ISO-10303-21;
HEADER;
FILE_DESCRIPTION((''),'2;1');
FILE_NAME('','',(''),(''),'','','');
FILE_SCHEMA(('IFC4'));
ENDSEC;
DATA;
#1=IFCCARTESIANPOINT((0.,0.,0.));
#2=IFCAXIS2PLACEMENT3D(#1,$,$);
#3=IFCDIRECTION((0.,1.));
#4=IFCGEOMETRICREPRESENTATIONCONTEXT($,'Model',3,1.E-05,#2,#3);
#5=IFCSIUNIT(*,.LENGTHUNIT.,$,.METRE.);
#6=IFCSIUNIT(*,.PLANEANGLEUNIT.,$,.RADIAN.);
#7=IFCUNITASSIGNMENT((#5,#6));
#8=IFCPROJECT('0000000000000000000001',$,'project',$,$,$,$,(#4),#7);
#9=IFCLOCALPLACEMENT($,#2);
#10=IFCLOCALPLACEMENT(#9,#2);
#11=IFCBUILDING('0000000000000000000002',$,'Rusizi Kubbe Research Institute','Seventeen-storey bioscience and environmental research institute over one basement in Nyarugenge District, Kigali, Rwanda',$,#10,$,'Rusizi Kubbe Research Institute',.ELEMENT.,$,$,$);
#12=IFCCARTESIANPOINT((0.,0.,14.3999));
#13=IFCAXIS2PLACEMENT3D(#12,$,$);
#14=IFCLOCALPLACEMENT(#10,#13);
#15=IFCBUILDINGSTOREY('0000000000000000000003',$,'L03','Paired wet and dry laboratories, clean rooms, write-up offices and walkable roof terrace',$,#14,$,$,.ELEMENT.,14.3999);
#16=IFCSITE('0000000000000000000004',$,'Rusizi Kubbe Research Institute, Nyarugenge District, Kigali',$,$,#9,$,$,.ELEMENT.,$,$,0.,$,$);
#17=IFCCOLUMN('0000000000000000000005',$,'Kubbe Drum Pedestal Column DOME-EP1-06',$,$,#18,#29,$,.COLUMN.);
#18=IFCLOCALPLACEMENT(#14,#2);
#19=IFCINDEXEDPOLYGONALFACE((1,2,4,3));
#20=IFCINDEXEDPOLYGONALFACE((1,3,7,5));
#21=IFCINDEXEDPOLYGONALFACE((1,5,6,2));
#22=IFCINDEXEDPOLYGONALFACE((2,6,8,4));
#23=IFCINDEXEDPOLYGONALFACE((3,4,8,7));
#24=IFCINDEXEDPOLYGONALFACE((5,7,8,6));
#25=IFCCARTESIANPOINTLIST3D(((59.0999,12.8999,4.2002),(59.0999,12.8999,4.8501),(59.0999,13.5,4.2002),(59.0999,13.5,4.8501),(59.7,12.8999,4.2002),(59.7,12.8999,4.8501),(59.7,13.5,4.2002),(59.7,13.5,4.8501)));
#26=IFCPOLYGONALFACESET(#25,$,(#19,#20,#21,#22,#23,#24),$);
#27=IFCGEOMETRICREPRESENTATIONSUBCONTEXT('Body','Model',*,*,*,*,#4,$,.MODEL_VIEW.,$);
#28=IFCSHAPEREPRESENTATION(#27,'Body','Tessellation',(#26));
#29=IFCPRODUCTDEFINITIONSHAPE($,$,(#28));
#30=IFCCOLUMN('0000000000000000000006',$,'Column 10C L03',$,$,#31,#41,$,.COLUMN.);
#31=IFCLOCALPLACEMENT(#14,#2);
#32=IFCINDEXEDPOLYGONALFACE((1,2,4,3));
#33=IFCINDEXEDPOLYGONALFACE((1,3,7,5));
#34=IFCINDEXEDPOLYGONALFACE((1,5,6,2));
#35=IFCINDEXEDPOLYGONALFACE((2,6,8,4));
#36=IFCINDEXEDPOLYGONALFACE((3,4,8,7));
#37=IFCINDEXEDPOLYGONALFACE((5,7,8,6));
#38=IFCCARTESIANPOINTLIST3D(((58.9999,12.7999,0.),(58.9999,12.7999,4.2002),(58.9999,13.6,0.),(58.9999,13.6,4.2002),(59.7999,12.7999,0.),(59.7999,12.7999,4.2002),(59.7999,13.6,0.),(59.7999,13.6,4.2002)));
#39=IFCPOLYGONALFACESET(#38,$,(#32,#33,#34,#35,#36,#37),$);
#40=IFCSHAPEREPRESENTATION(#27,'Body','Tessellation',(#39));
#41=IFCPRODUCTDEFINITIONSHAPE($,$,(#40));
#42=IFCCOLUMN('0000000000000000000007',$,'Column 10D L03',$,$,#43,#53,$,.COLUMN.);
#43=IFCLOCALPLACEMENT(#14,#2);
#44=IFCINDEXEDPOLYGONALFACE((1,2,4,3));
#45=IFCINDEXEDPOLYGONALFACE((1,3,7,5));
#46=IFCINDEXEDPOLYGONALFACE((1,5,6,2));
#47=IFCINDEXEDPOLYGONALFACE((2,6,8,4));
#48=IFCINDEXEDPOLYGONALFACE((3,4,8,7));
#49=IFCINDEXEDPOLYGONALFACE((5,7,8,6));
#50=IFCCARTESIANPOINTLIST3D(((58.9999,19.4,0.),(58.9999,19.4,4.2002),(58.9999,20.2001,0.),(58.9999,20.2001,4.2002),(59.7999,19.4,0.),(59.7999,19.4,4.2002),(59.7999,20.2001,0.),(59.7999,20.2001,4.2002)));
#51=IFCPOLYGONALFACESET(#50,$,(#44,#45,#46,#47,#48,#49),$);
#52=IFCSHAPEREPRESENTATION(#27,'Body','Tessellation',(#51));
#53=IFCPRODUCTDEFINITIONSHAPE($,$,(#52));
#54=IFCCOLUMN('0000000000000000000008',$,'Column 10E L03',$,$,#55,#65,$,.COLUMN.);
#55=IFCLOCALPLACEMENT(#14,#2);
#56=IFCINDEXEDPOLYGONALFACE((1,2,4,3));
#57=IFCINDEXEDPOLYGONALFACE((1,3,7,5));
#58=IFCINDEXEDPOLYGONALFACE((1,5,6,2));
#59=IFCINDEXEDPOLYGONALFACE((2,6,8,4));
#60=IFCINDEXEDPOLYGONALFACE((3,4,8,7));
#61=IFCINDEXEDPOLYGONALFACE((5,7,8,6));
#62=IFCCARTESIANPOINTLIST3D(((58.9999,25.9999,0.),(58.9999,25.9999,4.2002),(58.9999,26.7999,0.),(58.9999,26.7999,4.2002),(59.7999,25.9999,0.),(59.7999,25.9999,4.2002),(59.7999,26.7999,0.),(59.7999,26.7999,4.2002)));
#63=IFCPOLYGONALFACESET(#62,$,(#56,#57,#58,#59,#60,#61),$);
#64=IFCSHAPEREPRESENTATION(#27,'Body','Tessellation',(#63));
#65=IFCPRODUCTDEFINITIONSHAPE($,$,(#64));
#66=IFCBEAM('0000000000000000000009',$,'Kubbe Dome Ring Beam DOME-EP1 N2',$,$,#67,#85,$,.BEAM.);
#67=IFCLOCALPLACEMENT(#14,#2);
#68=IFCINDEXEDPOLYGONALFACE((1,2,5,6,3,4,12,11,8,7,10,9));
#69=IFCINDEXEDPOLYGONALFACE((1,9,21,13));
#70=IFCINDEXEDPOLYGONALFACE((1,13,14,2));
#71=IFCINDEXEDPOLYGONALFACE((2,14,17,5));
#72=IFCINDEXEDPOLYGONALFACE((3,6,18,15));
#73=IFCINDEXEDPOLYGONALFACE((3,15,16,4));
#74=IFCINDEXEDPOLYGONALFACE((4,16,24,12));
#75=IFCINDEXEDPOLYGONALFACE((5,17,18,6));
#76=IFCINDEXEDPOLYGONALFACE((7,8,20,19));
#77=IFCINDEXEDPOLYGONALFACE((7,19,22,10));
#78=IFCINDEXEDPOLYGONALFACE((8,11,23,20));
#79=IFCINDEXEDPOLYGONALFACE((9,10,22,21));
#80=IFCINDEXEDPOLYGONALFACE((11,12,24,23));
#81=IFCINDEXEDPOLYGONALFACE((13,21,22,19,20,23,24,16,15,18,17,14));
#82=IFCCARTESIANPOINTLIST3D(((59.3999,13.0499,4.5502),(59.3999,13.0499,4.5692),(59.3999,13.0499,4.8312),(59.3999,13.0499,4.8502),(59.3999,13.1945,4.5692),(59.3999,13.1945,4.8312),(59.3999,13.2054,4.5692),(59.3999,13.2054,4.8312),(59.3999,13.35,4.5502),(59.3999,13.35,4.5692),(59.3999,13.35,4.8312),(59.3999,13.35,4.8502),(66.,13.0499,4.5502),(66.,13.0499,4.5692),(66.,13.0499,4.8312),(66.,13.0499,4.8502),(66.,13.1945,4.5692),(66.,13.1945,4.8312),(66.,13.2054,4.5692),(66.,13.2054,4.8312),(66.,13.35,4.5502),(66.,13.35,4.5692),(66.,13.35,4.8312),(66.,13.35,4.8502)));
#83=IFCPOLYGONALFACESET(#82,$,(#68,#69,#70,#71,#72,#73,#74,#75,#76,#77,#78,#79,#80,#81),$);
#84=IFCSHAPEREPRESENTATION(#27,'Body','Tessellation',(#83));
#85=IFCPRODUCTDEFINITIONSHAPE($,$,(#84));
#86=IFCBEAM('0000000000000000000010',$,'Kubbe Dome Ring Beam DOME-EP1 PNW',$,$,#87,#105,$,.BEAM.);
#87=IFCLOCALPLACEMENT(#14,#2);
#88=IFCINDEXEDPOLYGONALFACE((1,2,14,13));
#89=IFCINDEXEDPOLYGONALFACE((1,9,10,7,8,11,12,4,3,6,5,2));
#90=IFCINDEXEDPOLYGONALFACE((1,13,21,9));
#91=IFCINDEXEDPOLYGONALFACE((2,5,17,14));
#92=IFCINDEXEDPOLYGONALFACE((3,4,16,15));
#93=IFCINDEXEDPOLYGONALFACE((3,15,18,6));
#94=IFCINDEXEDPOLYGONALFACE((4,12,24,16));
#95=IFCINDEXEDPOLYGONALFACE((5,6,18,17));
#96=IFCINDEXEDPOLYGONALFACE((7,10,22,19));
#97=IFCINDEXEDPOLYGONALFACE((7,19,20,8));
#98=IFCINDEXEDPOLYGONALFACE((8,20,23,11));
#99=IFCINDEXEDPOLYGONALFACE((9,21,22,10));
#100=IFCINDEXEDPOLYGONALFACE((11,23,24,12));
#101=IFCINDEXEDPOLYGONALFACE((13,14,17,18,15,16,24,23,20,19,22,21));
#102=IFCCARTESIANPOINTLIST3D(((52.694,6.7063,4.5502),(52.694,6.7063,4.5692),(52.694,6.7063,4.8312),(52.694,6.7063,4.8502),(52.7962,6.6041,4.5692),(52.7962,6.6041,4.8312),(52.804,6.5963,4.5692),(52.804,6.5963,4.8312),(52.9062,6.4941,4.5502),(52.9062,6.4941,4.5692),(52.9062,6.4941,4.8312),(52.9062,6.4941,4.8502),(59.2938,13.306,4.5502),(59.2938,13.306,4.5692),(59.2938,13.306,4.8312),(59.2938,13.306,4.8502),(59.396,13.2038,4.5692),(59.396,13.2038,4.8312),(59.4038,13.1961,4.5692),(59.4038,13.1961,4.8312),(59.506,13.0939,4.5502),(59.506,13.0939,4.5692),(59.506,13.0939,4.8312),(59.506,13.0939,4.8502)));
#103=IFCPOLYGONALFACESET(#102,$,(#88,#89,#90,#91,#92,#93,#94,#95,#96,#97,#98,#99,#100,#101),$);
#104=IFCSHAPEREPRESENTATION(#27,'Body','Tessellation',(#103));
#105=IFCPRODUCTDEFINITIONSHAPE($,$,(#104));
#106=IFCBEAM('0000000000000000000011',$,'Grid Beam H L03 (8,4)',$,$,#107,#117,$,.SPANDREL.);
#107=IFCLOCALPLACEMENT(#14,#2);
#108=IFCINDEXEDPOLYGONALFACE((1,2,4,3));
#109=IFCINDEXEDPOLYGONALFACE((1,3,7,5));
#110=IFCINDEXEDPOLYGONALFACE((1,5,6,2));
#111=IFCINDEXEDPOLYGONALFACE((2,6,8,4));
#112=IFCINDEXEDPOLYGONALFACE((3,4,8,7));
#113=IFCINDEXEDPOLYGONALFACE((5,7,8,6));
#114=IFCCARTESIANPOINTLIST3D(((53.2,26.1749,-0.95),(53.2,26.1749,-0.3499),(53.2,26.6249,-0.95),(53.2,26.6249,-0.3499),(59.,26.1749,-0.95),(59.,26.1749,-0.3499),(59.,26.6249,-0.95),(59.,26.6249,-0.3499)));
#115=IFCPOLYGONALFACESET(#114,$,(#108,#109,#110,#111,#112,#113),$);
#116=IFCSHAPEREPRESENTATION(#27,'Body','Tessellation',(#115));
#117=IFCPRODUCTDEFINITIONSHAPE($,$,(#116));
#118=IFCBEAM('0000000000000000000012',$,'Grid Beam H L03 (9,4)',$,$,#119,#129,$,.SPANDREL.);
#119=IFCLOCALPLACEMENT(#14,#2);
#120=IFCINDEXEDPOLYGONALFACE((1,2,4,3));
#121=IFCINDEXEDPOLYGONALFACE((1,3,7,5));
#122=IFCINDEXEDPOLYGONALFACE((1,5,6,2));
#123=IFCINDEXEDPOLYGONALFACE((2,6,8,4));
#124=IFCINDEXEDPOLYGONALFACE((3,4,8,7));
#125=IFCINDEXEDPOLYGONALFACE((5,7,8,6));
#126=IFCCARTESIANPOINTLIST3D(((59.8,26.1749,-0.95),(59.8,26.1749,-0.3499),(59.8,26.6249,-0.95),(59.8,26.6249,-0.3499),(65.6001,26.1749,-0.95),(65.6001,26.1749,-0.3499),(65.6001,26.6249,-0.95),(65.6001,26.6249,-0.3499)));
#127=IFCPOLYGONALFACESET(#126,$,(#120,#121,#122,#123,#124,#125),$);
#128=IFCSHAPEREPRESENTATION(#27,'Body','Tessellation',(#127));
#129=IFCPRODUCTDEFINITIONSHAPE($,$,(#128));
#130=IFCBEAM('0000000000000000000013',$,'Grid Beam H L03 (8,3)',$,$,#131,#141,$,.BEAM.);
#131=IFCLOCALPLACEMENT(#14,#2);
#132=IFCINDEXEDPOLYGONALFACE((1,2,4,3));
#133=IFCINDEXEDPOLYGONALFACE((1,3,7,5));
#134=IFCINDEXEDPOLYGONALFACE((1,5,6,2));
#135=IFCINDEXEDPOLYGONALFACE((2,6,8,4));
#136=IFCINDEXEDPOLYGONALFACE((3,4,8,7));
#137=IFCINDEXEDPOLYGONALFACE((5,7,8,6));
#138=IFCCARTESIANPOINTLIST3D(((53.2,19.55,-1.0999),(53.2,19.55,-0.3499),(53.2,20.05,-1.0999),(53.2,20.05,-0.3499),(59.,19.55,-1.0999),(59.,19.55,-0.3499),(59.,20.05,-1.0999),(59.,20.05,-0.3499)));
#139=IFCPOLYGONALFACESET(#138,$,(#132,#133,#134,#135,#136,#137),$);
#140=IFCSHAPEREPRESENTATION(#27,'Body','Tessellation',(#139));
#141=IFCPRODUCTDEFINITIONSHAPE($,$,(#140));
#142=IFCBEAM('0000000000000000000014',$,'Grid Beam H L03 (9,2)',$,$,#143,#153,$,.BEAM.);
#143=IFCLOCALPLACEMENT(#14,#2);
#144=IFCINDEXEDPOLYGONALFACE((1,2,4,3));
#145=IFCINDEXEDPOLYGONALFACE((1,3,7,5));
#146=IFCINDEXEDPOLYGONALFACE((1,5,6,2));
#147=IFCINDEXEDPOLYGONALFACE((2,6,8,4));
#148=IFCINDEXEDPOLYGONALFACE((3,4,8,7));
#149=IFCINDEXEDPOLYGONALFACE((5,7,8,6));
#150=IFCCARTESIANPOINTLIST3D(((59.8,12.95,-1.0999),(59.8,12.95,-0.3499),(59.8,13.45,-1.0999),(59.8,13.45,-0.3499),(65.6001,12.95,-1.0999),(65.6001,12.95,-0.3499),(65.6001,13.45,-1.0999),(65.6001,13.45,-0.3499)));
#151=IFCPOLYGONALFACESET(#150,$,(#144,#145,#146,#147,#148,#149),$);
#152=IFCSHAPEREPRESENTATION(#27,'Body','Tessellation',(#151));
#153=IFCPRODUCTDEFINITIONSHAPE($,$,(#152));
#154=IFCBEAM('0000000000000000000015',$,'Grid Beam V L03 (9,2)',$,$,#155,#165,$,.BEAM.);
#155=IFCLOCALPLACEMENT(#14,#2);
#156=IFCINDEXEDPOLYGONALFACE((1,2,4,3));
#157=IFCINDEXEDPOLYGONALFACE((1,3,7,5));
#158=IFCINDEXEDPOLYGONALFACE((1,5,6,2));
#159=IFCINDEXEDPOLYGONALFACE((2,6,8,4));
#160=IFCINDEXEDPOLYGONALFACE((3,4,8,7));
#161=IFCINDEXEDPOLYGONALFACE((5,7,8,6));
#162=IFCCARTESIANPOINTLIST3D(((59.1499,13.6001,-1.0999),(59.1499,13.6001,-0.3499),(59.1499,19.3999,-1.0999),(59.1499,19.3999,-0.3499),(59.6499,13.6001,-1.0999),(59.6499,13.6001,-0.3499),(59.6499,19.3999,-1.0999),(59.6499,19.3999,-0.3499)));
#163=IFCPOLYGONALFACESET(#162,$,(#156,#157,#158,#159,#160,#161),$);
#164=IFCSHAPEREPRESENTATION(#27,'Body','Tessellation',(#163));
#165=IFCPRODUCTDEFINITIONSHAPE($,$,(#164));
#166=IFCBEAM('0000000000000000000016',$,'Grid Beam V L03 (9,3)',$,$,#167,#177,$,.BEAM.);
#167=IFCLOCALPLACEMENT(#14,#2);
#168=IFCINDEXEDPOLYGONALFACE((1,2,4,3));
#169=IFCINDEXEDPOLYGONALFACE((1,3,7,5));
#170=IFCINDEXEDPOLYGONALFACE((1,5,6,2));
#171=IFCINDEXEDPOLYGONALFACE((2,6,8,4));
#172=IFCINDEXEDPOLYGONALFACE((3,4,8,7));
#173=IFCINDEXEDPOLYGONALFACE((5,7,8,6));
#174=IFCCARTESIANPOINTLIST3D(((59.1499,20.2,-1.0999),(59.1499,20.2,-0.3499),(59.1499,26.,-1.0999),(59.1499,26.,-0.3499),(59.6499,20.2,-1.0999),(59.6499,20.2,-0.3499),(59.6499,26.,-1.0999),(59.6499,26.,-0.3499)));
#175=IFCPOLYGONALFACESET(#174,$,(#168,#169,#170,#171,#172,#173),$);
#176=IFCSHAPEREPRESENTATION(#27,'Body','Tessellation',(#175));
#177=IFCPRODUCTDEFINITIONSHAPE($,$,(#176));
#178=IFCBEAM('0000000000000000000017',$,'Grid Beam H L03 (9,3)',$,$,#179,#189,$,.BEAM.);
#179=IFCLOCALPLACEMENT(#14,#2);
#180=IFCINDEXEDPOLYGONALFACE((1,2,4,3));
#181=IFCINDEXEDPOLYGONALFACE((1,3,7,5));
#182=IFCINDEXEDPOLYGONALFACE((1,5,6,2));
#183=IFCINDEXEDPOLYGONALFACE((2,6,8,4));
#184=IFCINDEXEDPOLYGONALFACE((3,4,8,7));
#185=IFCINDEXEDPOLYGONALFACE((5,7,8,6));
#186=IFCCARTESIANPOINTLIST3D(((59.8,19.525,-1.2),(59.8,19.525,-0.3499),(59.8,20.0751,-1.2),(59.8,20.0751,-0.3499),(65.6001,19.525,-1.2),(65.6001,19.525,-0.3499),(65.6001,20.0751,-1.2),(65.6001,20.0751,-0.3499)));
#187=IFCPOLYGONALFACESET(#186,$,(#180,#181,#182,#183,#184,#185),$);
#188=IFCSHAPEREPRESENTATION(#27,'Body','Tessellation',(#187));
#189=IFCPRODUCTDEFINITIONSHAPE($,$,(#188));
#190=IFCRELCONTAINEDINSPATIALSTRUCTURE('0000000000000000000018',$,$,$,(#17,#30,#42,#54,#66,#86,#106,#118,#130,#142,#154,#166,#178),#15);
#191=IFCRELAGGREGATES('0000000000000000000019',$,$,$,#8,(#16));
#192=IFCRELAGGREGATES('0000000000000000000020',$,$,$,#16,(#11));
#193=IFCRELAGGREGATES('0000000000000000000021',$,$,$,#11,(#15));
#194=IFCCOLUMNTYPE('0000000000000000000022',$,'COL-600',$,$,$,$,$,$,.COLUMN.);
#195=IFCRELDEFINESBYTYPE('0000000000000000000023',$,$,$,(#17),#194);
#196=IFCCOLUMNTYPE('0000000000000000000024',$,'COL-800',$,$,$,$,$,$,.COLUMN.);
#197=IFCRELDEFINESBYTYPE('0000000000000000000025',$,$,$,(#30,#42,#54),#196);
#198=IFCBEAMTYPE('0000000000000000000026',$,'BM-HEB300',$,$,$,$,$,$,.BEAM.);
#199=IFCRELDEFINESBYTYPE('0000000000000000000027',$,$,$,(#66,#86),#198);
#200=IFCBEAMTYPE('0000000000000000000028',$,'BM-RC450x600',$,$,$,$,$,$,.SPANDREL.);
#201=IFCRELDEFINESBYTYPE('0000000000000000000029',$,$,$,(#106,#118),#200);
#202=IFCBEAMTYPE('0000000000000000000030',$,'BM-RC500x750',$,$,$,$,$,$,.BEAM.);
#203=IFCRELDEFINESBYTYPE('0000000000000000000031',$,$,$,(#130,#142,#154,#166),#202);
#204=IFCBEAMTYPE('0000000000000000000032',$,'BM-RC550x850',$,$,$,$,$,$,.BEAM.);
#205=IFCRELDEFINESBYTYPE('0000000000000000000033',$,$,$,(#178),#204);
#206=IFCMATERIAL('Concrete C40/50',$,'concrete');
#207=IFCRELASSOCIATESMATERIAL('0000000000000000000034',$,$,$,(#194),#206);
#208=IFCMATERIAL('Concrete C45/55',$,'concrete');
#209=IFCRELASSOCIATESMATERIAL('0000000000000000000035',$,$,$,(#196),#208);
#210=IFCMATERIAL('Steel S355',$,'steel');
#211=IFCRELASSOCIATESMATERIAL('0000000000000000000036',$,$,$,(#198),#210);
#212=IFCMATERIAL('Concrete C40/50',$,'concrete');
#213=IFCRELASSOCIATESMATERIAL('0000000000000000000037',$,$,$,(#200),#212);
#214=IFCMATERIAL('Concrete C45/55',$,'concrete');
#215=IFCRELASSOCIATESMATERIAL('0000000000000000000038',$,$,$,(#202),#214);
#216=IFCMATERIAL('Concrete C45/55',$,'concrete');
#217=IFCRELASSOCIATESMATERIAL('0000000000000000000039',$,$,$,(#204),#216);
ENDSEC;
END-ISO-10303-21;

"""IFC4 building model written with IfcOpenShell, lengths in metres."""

from ifc_helpers import new_model, si_unit, direction, frame, origin, origin_2d, place, context, subcontext, project, spatial, rectangle, i_section, extrude, material, material_profile, profile_set, type_object, element, save


model = new_model("IFC4")

# Units and contexts
model_context = context("Model", 3, precision=1e-05, world=origin(), true_north=direction((0.0, 1.0)))
body_context = subcontext(model_context, "Body", "Model", "MODEL_VIEW")
ifc_project = project(units=[si_unit("LENGTHUNIT", "METRE"), si_unit("PLANEANGLEUNIT", "RADIAN")], contexts=[model_context])

# Site, building, storey
site_placement = place(None, origin())
site = spatial("IfcSite", under=ifc_project, at=site_placement, Name="Rusizi Kubbe Research Institute, Nyarugenge District, Kigali", CompositionType="ELEMENT", RefElevation=0.0)
building_placement = place(site_placement, origin())
building = spatial("IfcBuilding", under=site, at=building_placement, Name="Rusizi Kubbe Research Institute", Description="Seventeen-storey bioscience and environmental research institute over one basement in Nyarugenge District, Kigali, Rwanda", LongName="Rusizi Kubbe Research Institute", CompositionType="ELEMENT")
storey_placement = place(building_placement, frame((0.0, 0.0, 14.3999)))
storey = spatial("IfcBuildingStorey", under=building, at=storey_placement, Name="L03", Description="Paired wet and dry laboratories, clean rooms, write-up offices and walkable roof terrace", CompositionType="ELEMENT", Elevation=14.3999)

# Columns
ifc_material_1 = material(Name="Concrete C40/50", Category="concrete")
ifc_material_profile_1 = material_profile(ifc_material_1, rectangle(XDim=0.6001, YDim=0.6001, at=origin_2d()), Name="RC600x600")
ifc_profile_set_1 = profile_set([ifc_material_profile_1], Name="Concrete C40/50")
column_type_1 = type_object("IfcColumnType", Name="COL-600", PredefinedType="COLUMN", material=ifc_profile_set_1)
column_placement = place(storey_placement, frame((59.3999, 13.2, 4.2002), z_axis=(0.0, 0.0, 1.0), x_axis=(1.0, 0.0, 0.0)))
element("IfcColumn", 1, at=column_placement, inside=storey, type_object=column_type_1, Name="Kubbe Drum Pedestal Column DOME-EP1-06", PredefinedType="COLUMN", context=body_context, shape_type="SweptSolid", body=[
    extrude(rectangle(XDim=0.6001, YDim=0.6001, at=origin_2d()), origin(), (0.0, 0.0, 1.0), 0.6499),
])
ifc_material_2 = material(Name="Concrete C45/55", Category="concrete")
ifc_material_profile_2 = material_profile(ifc_material_2, rectangle(XDim=0.8, YDim=0.8, at=origin_2d()), Name="RC800x800")
ifc_profile_set_2 = profile_set([ifc_material_profile_2], Name="Concrete C45/55")
column_type_2 = type_object("IfcColumnType", Name="COL-800", PredefinedType="COLUMN", material=ifc_profile_set_2)
for number, where, z_axis, x_axis, name in (
    (2, (59.3999, 13.2, 0.0), (0.0, 0.0, 1.0), (1.0, 0.0, 0.0), "Column 10C L03"),
    (3, (59.3999, 19.8, 0.0), (0.0, 0.0, 1.0), (1.0, 0.0, 0.0), "Column 10D L03"),
    (4, (59.3999, 26.3999, 0.0), (0.0, 0.0, 1.0), (1.0, 0.0, 0.0), "Column 10E L03"),
):
    element("IfcColumn", number, at=place(storey_placement, frame(where, z_axis=z_axis, x_axis=x_axis)), inside=storey, type_object=column_type_2, Name=name, PredefinedType="COLUMN", context=body_context, shape_type="SweptSolid", body=[
        extrude(rectangle(XDim=0.8, YDim=0.8, at=origin_2d()), origin(), (0.0, 0.0, 1.0), 4.2002),
    ])

# Beams
ifc_material_3 = material(Name="Steel S355", Category="steel")
ifc_material_profile_3 = material_profile(ifc_material_3, i_section(OverallWidth=0.3, OverallDepth=0.3, WebThickness=0.011, FlangeThickness=0.019, at=origin_2d()), Name="HEB 300")
ifc_profile_set_3 = profile_set([ifc_material_profile_3], Name="Steel S355")
beam_type_1 = type_object("IfcBeamType", Name="BM-HEB300", PredefinedType="BEAM", material=ifc_profile_set_3)
beam_1_placement = place(storey_placement, frame((59.3999, 13.2, 4.7002), z_axis=(1.0, 0.0, 0.0), x_axis=(0.0, 1.0, 0.0)))
element("IfcBeam", 5, at=beam_1_placement, inside=storey, type_object=beam_type_1, Name="Kubbe Dome Ring Beam DOME-EP1 N2", PredefinedType="BEAM", context=body_context, shape_type="SweptSolid", body=[
    extrude(i_section(OverallWidth=0.3, OverallDepth=0.3, WebThickness=0.011, FlangeThickness=0.019, at=origin_2d()), origin(), (0.0, 0.0, 1.0), 6.6001),
])
beam_2_placement = place(storey_placement, frame((59.3999, 13.2, 4.7002), z_axis=(-0.707107, -0.707107, 0.0), x_axis=(0.707107, -0.707107, 0.0)))
element("IfcBeam", 6, at=beam_2_placement, inside=storey, type_object=beam_type_1, Name="Kubbe Dome Ring Beam DOME-EP1 PNW", PredefinedType="BEAM", context=body_context, shape_type="SweptSolid", body=[
    extrude(i_section(OverallWidth=0.3, OverallDepth=0.3, WebThickness=0.011, FlangeThickness=0.019, at=origin_2d()), origin(), (0.0, 0.0, 1.0), 9.3335),
])
ifc_material_4 = material(Name="Concrete C40/50", Category="concrete")
ifc_material_profile_4 = material_profile(ifc_material_4, rectangle(XDim=0.45, YDim=0.6001, at=origin_2d()), Name="RC450x600")
ifc_profile_set_4 = profile_set([ifc_material_profile_4], Name="Concrete C40/50")
beam_type_2 = type_object("IfcBeamType", Name="BM-RC450x600", PredefinedType="SPANDREL", material=ifc_profile_set_4)
for number, where, z_axis, x_axis, name in (
    (7, (53.2, 26.3999, -0.6499), (1.0, 0.0, 0.0), (0.0, 1.0, 0.0), "Grid Beam H L03 (8,4)"),
    (8, (59.8, 26.3999, -0.6499), (1.0, 0.0, 0.0), (0.0, 1.0, 0.0), "Grid Beam H L03 (9,4)"),
):
    element("IfcBeam", number, at=place(storey_placement, frame(where, z_axis=z_axis, x_axis=x_axis)), inside=storey, type_object=beam_type_2, Name=name, PredefinedType="SPANDREL", context=body_context, shape_type="SweptSolid", body=[
        extrude(rectangle(XDim=0.45, YDim=0.6001, at=origin_2d()), origin(), (0.0, 0.0, 1.0), 5.8),
    ])
ifc_material_5 = material(Name="Concrete C45/55", Category="concrete")
ifc_material_profile_5 = material_profile(ifc_material_5, rectangle(XDim=0.5, YDim=0.75, at=origin_2d()), Name="RC500x750B")
ifc_profile_set_5 = profile_set([ifc_material_profile_5], Name="Concrete C45/55")
beam_type_3 = type_object("IfcBeamType", Name="BM-RC500x750", PredefinedType="BEAM", material=ifc_profile_set_5)
for number, where, z_axis, x_axis, name in (
    (9, (53.2, 19.8, -0.7249), (1.0, 0.0, 0.0), (0.0, 1.0, 0.0), "Grid Beam H L03 (8,3)"),
    (10, (59.8, 13.2, -0.7249), (1.0, 0.0, 0.0), (0.0, 1.0, 0.0), "Grid Beam H L03 (9,2)"),
):
    element("IfcBeam", number, at=place(storey_placement, frame(where, z_axis=z_axis, x_axis=x_axis)), inside=storey, type_object=beam_type_3, Name=name, PredefinedType="BEAM", context=body_context, shape_type="SweptSolid", body=[
        extrude(rectangle(XDim=0.5, YDim=0.75, at=origin_2d()), origin(), (0.0, 0.0, 1.0), 5.8),
    ])
beam_3_placement = place(storey_placement, frame((59.3999, 13.6001, -0.7249), z_axis=(0.0, 1.0, 0.0), x_axis=(-1.0, 0.0, 0.0)))
element("IfcBeam", 11, at=beam_3_placement, inside=storey, type_object=beam_type_3, Name="Grid Beam V L03 (9,2)", PredefinedType="BEAM", context=body_context, shape_type="SweptSolid", body=[
    extrude(rectangle(XDim=0.5, YDim=0.75, at=origin_2d()), origin(), (0.0, 0.0, 1.0), 5.7998),
])
beam_4_placement = place(storey_placement, frame((59.3999, 20.2, -0.7249), z_axis=(0.0, 1.0, 0.0), x_axis=(-1.0, 0.0, 0.0)))
element("IfcBeam", 12, at=beam_4_placement, inside=storey, type_object=beam_type_3, Name="Grid Beam V L03 (9,3)", PredefinedType="BEAM", context=body_context, shape_type="SweptSolid", body=[
    extrude(rectangle(XDim=0.5, YDim=0.75, at=origin_2d()), origin(), (0.0, 0.0, 1.0), 5.8),
])
ifc_material_6 = material(Name="Concrete C45/55", Category="concrete")
ifc_material_profile_6 = material_profile(ifc_material_6, rectangle(XDim=0.55, YDim=0.8501, at=origin_2d()), Name="RC550x850")
ifc_profile_set_6 = profile_set([ifc_material_profile_6], Name="Concrete C45/55")
beam_type_4 = type_object("IfcBeamType", Name="BM-RC550x850", PredefinedType="BEAM", material=ifc_profile_set_6)
beam_5_placement = place(storey_placement, frame((59.8, 19.8, -0.7749), z_axis=(1.0, 0.0, 0.0), x_axis=(0.0, 1.0, 0.0)))
element("IfcBeam", 13, at=beam_5_placement, inside=storey, type_object=beam_type_4, Name="Grid Beam H L03 (9,3)", PredefinedType="BEAM", context=body_context, shape_type="SweptSolid", body=[
    extrude(rectangle(XDim=0.55, YDim=0.8501, at=origin_2d()), origin(), (0.0, 0.0, 1.0), 5.8),
])

save(model, "model.ifc")
